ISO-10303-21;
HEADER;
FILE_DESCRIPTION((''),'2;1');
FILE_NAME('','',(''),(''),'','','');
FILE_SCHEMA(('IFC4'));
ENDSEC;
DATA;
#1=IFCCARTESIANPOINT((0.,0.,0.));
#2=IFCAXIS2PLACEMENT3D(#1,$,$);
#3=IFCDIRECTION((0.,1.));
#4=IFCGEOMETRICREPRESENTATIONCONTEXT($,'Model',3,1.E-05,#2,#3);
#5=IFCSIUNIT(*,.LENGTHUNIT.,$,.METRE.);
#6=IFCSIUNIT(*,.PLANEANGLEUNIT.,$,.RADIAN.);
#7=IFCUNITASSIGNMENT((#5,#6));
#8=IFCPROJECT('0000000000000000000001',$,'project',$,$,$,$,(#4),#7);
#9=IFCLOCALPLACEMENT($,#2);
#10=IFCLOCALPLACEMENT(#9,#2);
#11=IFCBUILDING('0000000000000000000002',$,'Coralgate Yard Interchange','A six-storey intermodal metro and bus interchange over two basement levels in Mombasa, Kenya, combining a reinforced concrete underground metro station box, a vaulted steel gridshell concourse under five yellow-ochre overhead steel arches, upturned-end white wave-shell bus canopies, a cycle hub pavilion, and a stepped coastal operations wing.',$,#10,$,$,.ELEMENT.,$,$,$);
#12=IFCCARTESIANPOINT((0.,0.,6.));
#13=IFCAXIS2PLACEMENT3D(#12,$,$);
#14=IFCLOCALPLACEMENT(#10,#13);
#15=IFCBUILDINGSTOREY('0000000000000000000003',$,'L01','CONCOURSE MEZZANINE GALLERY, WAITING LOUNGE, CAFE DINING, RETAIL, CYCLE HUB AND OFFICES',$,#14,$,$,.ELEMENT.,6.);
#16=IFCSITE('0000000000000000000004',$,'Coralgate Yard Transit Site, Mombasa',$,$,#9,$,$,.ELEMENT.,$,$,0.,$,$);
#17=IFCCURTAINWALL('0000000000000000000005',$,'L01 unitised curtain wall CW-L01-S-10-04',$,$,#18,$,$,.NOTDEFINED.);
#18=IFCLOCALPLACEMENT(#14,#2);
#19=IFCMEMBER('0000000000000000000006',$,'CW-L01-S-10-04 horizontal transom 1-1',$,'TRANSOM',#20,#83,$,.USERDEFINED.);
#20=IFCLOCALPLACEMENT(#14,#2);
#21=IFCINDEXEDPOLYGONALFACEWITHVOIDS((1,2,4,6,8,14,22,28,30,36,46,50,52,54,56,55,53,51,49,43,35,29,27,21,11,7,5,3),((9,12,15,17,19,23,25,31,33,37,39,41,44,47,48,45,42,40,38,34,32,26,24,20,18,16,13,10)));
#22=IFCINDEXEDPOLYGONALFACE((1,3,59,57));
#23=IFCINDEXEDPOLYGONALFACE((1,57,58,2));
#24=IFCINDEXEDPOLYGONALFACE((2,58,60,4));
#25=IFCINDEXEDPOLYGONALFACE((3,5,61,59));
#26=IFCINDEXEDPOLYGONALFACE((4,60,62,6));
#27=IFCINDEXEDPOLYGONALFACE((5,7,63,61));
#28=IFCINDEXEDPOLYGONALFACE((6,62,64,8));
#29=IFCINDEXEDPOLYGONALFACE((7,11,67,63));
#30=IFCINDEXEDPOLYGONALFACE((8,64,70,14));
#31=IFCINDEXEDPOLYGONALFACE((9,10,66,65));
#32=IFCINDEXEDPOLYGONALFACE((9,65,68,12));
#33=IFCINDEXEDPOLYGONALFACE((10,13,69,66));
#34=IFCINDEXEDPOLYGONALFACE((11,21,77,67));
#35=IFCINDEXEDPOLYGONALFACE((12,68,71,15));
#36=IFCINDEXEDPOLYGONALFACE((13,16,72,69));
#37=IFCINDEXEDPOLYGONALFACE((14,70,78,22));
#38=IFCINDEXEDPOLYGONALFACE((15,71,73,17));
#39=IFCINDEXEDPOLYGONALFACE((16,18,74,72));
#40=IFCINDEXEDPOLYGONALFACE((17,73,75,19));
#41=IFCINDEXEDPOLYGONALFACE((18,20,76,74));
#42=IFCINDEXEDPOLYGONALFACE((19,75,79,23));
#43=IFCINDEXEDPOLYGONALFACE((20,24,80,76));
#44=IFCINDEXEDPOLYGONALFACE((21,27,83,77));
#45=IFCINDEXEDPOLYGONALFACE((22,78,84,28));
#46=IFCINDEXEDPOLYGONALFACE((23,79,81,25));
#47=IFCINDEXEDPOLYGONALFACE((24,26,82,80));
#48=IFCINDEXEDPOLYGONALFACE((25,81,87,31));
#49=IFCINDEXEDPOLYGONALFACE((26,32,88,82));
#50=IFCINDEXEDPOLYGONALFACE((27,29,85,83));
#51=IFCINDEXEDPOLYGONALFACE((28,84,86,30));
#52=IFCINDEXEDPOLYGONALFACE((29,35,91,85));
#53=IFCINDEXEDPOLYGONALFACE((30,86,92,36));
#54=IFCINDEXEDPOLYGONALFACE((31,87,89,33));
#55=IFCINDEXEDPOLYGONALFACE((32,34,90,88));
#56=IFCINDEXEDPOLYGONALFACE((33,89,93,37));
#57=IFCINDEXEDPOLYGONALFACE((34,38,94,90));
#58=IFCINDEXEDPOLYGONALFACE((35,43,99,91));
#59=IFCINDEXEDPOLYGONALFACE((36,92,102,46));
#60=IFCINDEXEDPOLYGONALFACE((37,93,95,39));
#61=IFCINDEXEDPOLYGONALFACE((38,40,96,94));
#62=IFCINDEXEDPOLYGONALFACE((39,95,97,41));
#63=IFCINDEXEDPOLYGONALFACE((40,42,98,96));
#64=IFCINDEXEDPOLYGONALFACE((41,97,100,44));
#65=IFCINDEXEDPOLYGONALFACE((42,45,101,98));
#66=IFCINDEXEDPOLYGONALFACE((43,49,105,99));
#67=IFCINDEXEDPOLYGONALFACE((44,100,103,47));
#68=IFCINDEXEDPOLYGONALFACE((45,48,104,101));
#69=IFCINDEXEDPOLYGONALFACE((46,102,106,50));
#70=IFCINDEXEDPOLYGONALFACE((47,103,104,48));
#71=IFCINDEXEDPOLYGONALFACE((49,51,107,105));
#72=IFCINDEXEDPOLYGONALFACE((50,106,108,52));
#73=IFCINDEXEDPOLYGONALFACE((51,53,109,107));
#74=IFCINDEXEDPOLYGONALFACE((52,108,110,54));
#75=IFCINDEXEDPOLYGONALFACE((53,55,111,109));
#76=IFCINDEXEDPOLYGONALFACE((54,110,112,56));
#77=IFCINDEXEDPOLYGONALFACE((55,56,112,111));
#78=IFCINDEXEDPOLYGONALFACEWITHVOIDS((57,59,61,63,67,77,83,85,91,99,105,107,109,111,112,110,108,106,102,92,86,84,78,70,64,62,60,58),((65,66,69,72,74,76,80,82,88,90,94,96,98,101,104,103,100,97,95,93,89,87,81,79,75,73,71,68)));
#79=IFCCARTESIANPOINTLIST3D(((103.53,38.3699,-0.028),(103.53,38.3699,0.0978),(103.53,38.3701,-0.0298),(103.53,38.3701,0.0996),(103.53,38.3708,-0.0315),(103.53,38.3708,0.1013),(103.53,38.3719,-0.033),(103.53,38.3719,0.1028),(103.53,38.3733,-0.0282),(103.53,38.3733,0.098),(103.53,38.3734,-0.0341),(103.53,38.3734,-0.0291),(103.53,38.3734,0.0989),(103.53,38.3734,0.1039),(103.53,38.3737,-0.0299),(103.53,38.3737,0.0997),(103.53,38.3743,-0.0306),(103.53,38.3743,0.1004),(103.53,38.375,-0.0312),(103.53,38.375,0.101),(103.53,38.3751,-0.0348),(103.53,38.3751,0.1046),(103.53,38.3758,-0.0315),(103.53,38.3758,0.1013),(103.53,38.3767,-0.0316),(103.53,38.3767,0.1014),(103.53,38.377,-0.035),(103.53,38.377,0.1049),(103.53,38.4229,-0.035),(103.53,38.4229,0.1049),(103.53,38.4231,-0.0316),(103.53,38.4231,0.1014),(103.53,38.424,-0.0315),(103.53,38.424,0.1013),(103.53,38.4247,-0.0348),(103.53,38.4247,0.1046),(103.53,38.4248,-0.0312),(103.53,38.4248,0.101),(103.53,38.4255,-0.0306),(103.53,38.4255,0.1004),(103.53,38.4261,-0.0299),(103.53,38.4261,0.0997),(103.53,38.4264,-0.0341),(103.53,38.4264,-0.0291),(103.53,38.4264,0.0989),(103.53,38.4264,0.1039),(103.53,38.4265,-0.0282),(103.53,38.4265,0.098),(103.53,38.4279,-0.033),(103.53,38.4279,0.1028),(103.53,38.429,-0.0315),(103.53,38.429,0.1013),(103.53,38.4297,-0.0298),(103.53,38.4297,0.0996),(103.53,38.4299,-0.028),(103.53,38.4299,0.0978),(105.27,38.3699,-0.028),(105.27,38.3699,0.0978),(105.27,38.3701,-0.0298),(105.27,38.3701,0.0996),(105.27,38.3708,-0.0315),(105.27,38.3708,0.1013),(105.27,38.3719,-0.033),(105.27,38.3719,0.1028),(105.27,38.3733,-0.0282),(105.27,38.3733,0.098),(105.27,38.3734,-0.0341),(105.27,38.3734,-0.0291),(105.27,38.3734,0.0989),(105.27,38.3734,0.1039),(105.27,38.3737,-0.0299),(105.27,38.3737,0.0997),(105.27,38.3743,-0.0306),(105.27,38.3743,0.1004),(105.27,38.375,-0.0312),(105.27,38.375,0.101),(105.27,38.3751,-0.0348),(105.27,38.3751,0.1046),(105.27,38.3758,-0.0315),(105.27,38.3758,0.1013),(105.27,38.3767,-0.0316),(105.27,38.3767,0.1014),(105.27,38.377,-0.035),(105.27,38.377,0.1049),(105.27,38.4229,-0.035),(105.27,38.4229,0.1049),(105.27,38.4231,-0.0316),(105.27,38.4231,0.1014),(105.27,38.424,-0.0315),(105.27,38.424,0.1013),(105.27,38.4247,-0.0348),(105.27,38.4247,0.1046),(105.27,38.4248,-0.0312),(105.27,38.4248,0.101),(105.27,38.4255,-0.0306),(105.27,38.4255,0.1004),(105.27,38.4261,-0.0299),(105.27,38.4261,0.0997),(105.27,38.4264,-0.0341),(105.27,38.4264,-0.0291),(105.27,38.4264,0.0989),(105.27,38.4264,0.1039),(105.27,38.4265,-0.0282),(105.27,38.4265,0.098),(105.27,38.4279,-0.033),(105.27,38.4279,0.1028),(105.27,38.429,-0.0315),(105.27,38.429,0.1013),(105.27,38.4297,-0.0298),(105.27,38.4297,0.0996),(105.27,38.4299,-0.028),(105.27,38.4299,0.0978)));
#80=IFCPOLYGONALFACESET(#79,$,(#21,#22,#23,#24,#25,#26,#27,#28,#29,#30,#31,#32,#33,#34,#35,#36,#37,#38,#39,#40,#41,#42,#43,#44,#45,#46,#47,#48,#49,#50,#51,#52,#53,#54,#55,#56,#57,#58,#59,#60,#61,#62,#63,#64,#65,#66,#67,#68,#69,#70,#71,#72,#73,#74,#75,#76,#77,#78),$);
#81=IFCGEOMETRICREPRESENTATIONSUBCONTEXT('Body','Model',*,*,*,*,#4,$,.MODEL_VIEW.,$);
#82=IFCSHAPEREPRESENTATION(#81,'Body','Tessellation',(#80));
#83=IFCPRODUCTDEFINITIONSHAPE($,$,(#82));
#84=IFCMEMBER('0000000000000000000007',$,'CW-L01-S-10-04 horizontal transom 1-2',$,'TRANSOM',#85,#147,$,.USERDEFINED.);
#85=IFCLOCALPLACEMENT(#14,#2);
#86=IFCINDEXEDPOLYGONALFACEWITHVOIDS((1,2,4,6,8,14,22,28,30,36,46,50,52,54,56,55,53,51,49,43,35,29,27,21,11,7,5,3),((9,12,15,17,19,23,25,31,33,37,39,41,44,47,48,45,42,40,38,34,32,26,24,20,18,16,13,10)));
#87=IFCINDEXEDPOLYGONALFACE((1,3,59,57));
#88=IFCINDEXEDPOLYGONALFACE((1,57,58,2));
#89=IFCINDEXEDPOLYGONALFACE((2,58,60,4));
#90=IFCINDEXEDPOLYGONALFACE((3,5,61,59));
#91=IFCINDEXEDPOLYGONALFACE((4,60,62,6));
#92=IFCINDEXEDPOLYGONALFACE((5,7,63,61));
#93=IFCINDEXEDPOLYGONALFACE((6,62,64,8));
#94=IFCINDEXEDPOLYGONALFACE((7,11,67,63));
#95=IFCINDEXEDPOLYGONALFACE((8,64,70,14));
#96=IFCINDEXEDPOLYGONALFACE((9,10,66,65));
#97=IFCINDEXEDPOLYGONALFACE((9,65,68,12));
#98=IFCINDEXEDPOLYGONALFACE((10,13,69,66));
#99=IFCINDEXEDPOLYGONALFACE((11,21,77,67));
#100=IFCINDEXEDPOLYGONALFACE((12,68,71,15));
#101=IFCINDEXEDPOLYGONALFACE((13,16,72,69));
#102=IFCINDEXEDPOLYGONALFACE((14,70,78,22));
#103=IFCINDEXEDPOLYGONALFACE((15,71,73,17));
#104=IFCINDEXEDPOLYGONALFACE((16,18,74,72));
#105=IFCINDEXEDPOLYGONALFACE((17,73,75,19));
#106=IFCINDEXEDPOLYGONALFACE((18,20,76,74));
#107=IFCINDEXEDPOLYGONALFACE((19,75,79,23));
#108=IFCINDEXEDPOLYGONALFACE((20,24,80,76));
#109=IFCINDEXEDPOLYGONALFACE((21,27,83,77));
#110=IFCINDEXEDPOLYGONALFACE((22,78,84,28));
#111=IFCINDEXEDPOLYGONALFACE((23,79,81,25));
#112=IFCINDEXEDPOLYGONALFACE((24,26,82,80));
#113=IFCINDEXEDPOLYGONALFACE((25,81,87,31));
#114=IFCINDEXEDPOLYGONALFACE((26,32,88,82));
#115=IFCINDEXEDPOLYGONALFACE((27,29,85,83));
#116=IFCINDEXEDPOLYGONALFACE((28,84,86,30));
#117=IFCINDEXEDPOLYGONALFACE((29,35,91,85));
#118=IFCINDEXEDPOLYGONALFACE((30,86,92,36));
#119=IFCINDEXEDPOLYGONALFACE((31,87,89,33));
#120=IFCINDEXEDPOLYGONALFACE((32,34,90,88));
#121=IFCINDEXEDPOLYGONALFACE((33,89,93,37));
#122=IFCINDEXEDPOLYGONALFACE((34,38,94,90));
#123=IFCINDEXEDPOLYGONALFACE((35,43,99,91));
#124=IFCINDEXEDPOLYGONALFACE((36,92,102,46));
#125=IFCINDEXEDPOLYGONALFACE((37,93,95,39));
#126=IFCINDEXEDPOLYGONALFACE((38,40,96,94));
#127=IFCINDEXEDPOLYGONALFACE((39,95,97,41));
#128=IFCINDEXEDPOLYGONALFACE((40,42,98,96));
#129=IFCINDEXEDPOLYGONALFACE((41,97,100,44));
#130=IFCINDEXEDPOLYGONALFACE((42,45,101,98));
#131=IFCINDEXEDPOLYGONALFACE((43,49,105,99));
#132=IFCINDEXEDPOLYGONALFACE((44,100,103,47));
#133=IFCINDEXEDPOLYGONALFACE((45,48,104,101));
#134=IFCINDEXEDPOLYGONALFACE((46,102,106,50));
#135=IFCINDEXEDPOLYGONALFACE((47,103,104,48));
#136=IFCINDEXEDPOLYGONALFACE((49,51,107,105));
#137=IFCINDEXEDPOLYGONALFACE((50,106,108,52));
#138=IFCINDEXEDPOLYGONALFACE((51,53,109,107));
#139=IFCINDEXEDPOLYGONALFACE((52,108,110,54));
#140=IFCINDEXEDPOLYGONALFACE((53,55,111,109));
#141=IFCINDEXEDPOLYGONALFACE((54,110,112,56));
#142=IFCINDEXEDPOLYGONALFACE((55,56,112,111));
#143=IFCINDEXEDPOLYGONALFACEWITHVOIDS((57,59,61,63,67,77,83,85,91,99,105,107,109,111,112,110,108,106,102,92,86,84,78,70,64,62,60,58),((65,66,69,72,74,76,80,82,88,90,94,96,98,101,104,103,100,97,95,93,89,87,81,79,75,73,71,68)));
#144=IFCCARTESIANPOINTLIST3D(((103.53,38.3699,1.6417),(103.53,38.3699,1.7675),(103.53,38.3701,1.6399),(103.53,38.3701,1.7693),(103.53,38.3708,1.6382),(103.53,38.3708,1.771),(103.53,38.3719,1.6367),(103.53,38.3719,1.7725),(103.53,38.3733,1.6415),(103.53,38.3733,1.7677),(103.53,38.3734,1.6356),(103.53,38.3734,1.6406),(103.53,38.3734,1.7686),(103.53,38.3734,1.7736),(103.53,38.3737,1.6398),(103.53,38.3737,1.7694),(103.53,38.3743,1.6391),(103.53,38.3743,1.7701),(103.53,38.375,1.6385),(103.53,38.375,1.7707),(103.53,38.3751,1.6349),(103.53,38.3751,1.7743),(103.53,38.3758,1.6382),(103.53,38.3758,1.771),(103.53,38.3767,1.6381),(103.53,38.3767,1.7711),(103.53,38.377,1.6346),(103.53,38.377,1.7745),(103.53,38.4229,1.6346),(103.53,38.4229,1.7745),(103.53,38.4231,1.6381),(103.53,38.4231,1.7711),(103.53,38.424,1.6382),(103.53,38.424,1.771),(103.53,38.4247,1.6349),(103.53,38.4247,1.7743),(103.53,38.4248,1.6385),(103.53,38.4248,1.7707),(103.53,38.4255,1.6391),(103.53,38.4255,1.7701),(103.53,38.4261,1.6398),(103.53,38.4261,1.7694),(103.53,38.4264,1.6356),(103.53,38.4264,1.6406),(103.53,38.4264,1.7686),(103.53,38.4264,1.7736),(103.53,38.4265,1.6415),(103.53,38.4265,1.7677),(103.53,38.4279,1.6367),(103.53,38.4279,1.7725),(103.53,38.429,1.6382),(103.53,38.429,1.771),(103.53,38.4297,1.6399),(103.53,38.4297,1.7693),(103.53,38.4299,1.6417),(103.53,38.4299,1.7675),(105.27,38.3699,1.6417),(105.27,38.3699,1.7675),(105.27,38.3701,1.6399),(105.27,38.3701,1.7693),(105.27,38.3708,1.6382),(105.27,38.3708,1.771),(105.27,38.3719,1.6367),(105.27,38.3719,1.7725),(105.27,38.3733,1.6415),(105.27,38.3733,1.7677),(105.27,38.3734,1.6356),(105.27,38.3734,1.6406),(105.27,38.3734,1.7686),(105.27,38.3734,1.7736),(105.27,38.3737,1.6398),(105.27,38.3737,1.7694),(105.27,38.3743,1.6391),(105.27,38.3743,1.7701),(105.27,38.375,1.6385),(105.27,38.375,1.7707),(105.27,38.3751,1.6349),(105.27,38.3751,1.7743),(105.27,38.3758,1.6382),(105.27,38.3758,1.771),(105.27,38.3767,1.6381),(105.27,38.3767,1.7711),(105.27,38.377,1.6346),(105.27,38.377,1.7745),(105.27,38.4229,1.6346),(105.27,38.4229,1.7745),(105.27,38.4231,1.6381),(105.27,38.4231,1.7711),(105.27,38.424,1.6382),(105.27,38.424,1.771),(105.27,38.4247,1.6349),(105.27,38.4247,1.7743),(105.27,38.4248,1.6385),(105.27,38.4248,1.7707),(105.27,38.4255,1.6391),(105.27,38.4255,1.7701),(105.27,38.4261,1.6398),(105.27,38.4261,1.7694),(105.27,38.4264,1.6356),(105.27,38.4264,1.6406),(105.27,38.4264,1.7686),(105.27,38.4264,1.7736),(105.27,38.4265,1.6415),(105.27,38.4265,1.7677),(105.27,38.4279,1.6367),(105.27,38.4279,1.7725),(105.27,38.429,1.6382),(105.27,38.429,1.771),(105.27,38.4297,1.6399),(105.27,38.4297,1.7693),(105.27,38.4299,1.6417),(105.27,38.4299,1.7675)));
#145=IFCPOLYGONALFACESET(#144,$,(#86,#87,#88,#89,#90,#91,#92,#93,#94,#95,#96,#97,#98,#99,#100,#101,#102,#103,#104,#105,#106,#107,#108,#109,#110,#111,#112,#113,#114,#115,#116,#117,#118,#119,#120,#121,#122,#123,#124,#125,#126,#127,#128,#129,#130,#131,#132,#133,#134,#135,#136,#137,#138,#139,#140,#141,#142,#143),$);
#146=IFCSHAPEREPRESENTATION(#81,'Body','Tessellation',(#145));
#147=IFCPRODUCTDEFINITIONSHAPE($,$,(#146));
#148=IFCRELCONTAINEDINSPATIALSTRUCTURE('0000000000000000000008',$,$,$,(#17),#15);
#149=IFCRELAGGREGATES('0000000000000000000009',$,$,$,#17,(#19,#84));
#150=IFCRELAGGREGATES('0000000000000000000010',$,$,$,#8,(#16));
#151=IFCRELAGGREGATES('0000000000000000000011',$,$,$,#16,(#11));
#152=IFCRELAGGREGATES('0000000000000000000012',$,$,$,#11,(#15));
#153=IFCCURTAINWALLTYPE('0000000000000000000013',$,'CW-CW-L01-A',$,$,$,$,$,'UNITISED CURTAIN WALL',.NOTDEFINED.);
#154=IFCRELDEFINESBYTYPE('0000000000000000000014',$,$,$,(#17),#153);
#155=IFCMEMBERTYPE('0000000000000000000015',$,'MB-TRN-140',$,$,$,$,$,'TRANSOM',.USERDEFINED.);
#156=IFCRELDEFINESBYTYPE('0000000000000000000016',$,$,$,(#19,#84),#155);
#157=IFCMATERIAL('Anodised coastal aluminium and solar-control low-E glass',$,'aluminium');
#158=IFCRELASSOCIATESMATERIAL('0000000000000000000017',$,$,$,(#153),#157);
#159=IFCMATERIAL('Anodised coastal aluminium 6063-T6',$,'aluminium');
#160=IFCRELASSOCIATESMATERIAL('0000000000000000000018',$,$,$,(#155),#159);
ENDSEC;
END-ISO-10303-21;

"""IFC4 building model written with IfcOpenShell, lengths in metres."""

from ifc_helpers import new_model, si_unit, direction, frame, origin, origin_2d, place, context, subcontext, project, spatial, hollow_rectangle, extrude, material, material_profile, profile_set, type_object, element, aggregate, save


model = new_model("IFC4")

# Units and contexts
model_context = context("Model", 3, precision=1e-05, world=origin(), true_north=direction((0.0, 1.0)))
body_context = subcontext(model_context, "Body", "Model", "MODEL_VIEW")
ifc_project = project(units=[si_unit("LENGTHUNIT", "METRE"), si_unit("PLANEANGLEUNIT", "RADIAN")], contexts=[model_context])

# Site, building, storey
site_placement = place(None, origin())
site = spatial("IfcSite", under=ifc_project, at=site_placement, Name="Coralgate Yard Transit Site, Mombasa", CompositionType="ELEMENT", RefElevation=0.0)
building_placement = place(site_placement, origin())
building = spatial("IfcBuilding", under=site, at=building_placement, Name="Coralgate Yard Interchange", Description="A six-storey intermodal metro and bus interchange over two basement levels in Mombasa, Kenya, combining a reinforced concrete underground metro station box, a vaulted steel gridshell concourse under five yellow-ochre overhead steel arches, upturned-end white wave-shell bus canopies, a cycle hub pavilion, and a stepped coastal operations wing.", CompositionType="ELEMENT")
storey_placement = place(building_placement, frame((0.0, 0.0, 6.0)))
storey = spatial("IfcBuildingStorey", under=building, at=storey_placement, Name="L01", Description="CONCOURSE MEZZANINE GALLERY, WAITING LOUNGE, CAFE DINING, RETAIL, CYCLE HUB AND OFFICES", CompositionType="ELEMENT", Elevation=6.0)

# Curtain wall
ifc_material_1 = material(Name="Anodised coastal aluminium and solar-control low-E glass", Category="aluminium")
curtain_wall_type_1 = type_object("IfcCurtainWallType", Name="CW-CW-L01-A", ElementType="UNITISED CURTAIN WALL", PredefinedType="NOTDEFINED", material=ifc_material_1)
curtain_wall_1_placement = place(storey_placement, origin())
curtain_wall_1 = element("IfcCurtainWall", 1, at=curtain_wall_1_placement, inside=storey, type_object=curtain_wall_type_1, Name="L01 unitised curtain wall CW-L01-S-10-04", PredefinedType="NOTDEFINED")
ifc_material_2 = material(Name="Anodised coastal aluminium 6063-T6", Category="aluminium")

# Members
ifc_material_profile_1 = material_profile(ifc_material_2, hollow_rectangle(XDim=0.0601, YDim=0.1399, WallThickness=0.0034, InnerFilletRadius=0.0034, OuterFilletRadius=0.0071, at=origin_2d()), Name="ALU 60x140x3.5")
ifc_profile_set_1 = profile_set([ifc_material_profile_1], Name="Anodised coastal aluminium 6063-T6")
member_type_1 = type_object("IfcMemberType", Name="MB-TRN-140", ElementType="TRANSOM", PredefinedType="USERDEFINED", material=ifc_profile_set_1)
member_1_placement = place(storey_placement, frame((105.27, 38.3999, 0.0349), z_axis=(-1.0, 0.0, 0.0), x_axis=(0.0, -1.0, 0.0)))
member_1 = element("IfcMember", 2, at=member_1_placement, type_object=member_type_1, Name="CW-L01-S-10-04 horizontal transom 1-1", ObjectType="TRANSOM", PredefinedType="USERDEFINED", context=body_context, shape_type="SweptSolid", body=[
    extrude(hollow_rectangle(XDim=0.0601, YDim=0.1399, WallThickness=0.0034, InnerFilletRadius=0.0034, OuterFilletRadius=0.0071, at=origin_2d()), origin(), (0.0, 0.0, 1.0), 1.74),
])
member_2_placement = place(storey_placement, frame((105.27, 38.3999, 1.7046), z_axis=(-1.0, 0.0, 0.0), x_axis=(0.0, -1.0, 0.0)))
member_2 = element("IfcMember", 3, at=member_2_placement, type_object=member_type_1, Name="CW-L01-S-10-04 horizontal transom 1-2", ObjectType="TRANSOM", PredefinedType="USERDEFINED", context=body_context, shape_type="SweptSolid", body=[
    extrude(hollow_rectangle(XDim=0.0601, YDim=0.1399, WallThickness=0.0034, InnerFilletRadius=0.0034, OuterFilletRadius=0.0071, at=origin_2d()), origin(), (0.0, 0.0, 1.0), 1.74),
])

aggregate(curtain_wall_1, [member_1, member_2])

save(model, "model.ifc")
